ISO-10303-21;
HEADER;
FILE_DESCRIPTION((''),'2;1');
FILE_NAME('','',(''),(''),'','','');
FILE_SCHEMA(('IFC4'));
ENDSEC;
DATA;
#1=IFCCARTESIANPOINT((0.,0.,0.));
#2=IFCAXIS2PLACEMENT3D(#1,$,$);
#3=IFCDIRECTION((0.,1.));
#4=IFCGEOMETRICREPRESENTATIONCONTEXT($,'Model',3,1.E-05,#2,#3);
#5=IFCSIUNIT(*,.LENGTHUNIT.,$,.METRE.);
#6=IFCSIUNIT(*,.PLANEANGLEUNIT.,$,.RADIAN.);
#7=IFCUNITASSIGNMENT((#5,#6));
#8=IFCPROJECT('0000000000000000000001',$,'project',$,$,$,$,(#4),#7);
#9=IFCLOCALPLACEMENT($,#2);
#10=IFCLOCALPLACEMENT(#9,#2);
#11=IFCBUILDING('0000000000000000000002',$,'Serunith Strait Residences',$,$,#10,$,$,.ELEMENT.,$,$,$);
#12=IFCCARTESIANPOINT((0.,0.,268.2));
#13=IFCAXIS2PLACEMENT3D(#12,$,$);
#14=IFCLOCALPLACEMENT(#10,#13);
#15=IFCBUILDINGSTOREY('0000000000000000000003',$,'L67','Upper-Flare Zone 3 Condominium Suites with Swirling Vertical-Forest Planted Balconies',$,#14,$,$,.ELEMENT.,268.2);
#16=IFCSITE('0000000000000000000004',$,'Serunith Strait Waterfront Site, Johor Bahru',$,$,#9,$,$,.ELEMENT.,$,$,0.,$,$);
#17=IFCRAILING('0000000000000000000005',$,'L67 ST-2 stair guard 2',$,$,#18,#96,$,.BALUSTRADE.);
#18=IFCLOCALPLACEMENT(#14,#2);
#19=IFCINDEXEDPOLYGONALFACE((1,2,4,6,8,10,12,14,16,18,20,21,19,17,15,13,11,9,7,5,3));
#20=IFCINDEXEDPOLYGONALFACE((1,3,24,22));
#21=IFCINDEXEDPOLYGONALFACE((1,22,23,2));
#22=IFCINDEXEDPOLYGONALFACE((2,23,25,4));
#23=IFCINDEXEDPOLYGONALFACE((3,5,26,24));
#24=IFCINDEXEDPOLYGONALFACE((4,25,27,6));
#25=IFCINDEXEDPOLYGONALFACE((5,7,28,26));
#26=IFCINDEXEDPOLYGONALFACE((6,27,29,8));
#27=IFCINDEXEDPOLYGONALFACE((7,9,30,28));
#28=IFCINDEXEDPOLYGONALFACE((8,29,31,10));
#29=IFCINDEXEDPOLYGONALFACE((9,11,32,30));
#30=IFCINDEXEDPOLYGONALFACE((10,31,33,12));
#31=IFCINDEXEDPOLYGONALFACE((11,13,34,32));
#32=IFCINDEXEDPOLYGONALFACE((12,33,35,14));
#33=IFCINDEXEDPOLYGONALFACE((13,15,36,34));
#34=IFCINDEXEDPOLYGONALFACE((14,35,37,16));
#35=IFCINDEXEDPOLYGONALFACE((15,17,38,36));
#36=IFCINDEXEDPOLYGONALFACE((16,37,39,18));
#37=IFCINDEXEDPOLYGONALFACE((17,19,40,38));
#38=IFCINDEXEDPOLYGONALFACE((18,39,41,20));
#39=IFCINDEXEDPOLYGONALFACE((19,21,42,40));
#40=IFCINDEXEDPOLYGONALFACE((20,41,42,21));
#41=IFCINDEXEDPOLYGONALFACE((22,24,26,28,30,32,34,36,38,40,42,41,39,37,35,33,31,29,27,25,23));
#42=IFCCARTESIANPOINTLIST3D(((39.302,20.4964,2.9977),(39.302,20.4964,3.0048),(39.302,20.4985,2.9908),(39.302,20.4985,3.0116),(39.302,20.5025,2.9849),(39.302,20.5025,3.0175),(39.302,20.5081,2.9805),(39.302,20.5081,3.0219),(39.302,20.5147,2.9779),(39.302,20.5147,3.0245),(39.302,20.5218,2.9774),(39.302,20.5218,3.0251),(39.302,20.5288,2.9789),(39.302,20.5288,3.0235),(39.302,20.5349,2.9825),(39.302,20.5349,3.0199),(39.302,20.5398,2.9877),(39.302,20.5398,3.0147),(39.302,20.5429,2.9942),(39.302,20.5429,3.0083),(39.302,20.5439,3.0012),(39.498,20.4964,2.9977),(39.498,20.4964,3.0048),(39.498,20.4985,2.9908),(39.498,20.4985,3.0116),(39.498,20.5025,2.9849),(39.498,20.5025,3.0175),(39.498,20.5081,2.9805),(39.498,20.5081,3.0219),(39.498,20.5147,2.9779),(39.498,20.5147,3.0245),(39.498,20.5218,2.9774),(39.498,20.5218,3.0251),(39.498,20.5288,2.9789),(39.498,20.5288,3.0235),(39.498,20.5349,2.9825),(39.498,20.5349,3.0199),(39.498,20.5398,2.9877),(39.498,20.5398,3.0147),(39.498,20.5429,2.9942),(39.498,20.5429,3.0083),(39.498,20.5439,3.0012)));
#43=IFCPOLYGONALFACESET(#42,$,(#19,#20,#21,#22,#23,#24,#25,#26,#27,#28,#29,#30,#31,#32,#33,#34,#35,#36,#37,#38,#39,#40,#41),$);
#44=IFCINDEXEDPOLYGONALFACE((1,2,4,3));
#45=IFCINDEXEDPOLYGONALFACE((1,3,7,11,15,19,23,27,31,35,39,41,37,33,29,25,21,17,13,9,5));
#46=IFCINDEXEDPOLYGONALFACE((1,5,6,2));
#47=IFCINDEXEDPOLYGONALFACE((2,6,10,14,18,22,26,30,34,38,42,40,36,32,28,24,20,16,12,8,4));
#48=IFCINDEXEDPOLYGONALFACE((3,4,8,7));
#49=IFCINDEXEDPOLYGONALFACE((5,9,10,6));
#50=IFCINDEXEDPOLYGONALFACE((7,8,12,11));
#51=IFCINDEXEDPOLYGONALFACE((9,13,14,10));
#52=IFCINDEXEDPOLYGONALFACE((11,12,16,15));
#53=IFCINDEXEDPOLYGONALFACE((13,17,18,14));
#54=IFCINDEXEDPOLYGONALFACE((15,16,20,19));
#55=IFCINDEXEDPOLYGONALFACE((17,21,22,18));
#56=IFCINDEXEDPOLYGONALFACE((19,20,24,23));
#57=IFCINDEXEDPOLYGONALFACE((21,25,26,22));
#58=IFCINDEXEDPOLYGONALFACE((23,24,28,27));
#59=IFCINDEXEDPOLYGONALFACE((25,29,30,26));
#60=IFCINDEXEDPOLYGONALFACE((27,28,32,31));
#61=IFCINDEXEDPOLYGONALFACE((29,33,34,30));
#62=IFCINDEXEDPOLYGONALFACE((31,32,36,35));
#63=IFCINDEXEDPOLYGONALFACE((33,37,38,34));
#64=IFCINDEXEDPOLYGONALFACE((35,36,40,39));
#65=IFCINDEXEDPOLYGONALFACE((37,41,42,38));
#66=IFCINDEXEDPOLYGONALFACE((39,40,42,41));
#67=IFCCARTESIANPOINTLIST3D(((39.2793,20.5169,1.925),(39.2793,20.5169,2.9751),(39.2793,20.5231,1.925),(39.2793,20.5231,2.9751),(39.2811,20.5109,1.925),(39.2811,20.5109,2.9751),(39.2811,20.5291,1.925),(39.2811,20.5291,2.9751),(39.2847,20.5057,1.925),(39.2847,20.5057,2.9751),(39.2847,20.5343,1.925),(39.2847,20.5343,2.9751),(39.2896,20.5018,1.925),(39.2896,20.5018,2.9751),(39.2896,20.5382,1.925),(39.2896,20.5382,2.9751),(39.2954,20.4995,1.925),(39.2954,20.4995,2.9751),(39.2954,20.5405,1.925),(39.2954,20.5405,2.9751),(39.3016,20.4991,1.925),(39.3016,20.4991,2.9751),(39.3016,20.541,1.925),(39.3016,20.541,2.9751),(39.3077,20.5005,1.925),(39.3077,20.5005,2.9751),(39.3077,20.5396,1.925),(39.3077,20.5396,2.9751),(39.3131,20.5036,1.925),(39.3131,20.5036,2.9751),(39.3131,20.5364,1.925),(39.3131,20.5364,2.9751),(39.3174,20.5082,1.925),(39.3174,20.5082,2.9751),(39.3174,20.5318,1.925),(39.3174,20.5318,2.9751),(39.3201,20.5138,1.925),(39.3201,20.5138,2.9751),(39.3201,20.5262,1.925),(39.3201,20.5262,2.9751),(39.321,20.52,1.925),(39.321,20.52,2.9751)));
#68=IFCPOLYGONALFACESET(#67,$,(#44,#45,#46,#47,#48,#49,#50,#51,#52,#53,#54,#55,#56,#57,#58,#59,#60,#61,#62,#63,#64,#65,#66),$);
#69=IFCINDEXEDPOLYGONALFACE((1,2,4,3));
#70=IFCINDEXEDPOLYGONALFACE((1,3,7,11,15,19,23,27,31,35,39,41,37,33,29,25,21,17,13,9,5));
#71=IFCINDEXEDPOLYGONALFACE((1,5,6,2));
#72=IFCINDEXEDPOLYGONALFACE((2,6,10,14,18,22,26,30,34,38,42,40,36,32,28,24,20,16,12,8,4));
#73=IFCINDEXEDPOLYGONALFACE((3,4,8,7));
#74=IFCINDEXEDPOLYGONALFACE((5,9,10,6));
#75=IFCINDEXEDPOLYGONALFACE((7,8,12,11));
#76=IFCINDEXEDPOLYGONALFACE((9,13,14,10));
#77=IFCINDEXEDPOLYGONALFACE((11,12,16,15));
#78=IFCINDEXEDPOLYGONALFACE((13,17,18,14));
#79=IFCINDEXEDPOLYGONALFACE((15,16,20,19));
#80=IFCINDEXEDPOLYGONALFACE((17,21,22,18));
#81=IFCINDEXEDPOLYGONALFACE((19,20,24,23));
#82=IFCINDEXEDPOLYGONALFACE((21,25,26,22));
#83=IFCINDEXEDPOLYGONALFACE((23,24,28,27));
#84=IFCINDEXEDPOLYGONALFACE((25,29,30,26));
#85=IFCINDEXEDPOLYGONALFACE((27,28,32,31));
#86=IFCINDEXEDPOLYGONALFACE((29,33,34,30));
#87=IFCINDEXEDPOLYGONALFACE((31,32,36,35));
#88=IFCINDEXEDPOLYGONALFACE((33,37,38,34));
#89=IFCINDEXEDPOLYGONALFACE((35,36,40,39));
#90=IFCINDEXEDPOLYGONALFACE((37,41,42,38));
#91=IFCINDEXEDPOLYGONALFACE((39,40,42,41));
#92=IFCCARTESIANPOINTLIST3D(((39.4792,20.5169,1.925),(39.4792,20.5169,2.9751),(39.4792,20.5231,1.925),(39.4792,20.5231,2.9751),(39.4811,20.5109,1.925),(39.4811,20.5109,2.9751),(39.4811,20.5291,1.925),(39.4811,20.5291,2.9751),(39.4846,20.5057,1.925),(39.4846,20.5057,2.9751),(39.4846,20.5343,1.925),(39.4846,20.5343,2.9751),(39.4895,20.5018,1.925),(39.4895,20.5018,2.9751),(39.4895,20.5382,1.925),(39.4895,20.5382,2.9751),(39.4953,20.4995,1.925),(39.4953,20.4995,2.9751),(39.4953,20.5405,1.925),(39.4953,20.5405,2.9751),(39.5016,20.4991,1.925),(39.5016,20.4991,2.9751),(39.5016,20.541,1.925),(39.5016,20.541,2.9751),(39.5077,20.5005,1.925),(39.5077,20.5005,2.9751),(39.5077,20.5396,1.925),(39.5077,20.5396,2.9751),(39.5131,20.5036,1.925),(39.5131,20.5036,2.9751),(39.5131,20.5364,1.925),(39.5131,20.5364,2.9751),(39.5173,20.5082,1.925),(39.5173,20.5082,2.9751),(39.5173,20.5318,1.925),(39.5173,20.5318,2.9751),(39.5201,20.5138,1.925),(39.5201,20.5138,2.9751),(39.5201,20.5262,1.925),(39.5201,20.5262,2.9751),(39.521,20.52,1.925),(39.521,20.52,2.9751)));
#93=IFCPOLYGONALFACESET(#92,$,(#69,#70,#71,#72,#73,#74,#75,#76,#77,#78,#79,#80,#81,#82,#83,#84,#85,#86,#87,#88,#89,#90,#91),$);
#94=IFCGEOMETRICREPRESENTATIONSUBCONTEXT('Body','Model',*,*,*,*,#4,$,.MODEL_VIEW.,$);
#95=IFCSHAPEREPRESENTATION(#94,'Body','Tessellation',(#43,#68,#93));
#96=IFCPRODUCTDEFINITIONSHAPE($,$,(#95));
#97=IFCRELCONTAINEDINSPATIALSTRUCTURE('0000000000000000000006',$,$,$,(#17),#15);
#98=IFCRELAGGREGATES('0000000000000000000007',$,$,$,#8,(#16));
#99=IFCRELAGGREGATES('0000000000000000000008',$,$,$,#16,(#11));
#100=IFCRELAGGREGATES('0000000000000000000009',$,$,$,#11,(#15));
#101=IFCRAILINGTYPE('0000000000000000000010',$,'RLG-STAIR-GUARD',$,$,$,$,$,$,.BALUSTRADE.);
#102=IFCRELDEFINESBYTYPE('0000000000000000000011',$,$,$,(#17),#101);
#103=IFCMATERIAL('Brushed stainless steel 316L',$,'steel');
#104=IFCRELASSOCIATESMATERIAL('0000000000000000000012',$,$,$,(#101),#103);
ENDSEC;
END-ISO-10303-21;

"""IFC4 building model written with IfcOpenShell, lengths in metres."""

from ifc_helpers import new_model, si_unit, direction, frame, origin, origin_2d, place, context, subcontext, project, spatial, circle, extrude, material, type_object, element, save


model = new_model("IFC4")

# Units and contexts
model_context = context("Model", 3, precision=1e-05, world=origin(), true_north=direction((0.0, 1.0)))
body_context = subcontext(model_context, "Body", "Model", "MODEL_VIEW")
ifc_project = project(units=[si_unit("LENGTHUNIT", "METRE"), si_unit("PLANEANGLEUNIT", "RADIAN")], contexts=[model_context])

# Site, building, storey
site_placement = place(None, origin())
site = spatial("IfcSite", under=ifc_project, at=site_placement, Name="Serunith Strait Waterfront Site, Johor Bahru", CompositionType="ELEMENT", RefElevation=0.0)
building_placement = place(site_placement, origin())
building = spatial("IfcBuilding", under=site, at=building_placement, Name="Serunith Strait Residences", CompositionType="ELEMENT")
storey_placement = place(building_placement, frame((0.0, 0.0, 268.2)))
storey = spatial("IfcBuildingStorey", under=building, at=storey_placement, Name="L67", Description="Upper-Flare Zone 3 Condominium Suites with Swirling Vertical-Forest Planted Balconies", CompositionType="ELEMENT", Elevation=268.2)

# Railing
ifc_material_1 = material(Name="Brushed stainless steel 316L", Category="steel")
railing_type_1 = type_object("IfcRailingType", Name="RLG-STAIR-GUARD", PredefinedType="BALUSTRADE", material=ifc_material_1)
railing_1_placement = place(storey_placement, frame((39.3, 20.52, 1.925)))
element("IfcRailing", 1, at=railing_1_placement, inside=storey, type_object=railing_type_1, Name="L67 ST-2 stair guard 2", PredefinedType="BALUSTRADE", context=body_context, shape_type="SweptSolid", body=[
    extrude(circle(Radius=0.0239, at=origin_2d()), frame((0.002, 0.0, 1.0762), z_axis=(1.0, 0.0, 0.0), x_axis=(0.0, 1.0, 0.0)), (0.0, 0.0, 1.0), 0.196),
    extrude(circle(Radius=0.021, at=origin_2d()), origin(), (0.0, 0.0, 1.0), 1.05),
    extrude(circle(Radius=0.021, at=origin_2d()), frame((0.2, 0.0, 0.0)), (0.0, 0.0, 1.0), 1.05),
])

save(model, "model.ifc")
